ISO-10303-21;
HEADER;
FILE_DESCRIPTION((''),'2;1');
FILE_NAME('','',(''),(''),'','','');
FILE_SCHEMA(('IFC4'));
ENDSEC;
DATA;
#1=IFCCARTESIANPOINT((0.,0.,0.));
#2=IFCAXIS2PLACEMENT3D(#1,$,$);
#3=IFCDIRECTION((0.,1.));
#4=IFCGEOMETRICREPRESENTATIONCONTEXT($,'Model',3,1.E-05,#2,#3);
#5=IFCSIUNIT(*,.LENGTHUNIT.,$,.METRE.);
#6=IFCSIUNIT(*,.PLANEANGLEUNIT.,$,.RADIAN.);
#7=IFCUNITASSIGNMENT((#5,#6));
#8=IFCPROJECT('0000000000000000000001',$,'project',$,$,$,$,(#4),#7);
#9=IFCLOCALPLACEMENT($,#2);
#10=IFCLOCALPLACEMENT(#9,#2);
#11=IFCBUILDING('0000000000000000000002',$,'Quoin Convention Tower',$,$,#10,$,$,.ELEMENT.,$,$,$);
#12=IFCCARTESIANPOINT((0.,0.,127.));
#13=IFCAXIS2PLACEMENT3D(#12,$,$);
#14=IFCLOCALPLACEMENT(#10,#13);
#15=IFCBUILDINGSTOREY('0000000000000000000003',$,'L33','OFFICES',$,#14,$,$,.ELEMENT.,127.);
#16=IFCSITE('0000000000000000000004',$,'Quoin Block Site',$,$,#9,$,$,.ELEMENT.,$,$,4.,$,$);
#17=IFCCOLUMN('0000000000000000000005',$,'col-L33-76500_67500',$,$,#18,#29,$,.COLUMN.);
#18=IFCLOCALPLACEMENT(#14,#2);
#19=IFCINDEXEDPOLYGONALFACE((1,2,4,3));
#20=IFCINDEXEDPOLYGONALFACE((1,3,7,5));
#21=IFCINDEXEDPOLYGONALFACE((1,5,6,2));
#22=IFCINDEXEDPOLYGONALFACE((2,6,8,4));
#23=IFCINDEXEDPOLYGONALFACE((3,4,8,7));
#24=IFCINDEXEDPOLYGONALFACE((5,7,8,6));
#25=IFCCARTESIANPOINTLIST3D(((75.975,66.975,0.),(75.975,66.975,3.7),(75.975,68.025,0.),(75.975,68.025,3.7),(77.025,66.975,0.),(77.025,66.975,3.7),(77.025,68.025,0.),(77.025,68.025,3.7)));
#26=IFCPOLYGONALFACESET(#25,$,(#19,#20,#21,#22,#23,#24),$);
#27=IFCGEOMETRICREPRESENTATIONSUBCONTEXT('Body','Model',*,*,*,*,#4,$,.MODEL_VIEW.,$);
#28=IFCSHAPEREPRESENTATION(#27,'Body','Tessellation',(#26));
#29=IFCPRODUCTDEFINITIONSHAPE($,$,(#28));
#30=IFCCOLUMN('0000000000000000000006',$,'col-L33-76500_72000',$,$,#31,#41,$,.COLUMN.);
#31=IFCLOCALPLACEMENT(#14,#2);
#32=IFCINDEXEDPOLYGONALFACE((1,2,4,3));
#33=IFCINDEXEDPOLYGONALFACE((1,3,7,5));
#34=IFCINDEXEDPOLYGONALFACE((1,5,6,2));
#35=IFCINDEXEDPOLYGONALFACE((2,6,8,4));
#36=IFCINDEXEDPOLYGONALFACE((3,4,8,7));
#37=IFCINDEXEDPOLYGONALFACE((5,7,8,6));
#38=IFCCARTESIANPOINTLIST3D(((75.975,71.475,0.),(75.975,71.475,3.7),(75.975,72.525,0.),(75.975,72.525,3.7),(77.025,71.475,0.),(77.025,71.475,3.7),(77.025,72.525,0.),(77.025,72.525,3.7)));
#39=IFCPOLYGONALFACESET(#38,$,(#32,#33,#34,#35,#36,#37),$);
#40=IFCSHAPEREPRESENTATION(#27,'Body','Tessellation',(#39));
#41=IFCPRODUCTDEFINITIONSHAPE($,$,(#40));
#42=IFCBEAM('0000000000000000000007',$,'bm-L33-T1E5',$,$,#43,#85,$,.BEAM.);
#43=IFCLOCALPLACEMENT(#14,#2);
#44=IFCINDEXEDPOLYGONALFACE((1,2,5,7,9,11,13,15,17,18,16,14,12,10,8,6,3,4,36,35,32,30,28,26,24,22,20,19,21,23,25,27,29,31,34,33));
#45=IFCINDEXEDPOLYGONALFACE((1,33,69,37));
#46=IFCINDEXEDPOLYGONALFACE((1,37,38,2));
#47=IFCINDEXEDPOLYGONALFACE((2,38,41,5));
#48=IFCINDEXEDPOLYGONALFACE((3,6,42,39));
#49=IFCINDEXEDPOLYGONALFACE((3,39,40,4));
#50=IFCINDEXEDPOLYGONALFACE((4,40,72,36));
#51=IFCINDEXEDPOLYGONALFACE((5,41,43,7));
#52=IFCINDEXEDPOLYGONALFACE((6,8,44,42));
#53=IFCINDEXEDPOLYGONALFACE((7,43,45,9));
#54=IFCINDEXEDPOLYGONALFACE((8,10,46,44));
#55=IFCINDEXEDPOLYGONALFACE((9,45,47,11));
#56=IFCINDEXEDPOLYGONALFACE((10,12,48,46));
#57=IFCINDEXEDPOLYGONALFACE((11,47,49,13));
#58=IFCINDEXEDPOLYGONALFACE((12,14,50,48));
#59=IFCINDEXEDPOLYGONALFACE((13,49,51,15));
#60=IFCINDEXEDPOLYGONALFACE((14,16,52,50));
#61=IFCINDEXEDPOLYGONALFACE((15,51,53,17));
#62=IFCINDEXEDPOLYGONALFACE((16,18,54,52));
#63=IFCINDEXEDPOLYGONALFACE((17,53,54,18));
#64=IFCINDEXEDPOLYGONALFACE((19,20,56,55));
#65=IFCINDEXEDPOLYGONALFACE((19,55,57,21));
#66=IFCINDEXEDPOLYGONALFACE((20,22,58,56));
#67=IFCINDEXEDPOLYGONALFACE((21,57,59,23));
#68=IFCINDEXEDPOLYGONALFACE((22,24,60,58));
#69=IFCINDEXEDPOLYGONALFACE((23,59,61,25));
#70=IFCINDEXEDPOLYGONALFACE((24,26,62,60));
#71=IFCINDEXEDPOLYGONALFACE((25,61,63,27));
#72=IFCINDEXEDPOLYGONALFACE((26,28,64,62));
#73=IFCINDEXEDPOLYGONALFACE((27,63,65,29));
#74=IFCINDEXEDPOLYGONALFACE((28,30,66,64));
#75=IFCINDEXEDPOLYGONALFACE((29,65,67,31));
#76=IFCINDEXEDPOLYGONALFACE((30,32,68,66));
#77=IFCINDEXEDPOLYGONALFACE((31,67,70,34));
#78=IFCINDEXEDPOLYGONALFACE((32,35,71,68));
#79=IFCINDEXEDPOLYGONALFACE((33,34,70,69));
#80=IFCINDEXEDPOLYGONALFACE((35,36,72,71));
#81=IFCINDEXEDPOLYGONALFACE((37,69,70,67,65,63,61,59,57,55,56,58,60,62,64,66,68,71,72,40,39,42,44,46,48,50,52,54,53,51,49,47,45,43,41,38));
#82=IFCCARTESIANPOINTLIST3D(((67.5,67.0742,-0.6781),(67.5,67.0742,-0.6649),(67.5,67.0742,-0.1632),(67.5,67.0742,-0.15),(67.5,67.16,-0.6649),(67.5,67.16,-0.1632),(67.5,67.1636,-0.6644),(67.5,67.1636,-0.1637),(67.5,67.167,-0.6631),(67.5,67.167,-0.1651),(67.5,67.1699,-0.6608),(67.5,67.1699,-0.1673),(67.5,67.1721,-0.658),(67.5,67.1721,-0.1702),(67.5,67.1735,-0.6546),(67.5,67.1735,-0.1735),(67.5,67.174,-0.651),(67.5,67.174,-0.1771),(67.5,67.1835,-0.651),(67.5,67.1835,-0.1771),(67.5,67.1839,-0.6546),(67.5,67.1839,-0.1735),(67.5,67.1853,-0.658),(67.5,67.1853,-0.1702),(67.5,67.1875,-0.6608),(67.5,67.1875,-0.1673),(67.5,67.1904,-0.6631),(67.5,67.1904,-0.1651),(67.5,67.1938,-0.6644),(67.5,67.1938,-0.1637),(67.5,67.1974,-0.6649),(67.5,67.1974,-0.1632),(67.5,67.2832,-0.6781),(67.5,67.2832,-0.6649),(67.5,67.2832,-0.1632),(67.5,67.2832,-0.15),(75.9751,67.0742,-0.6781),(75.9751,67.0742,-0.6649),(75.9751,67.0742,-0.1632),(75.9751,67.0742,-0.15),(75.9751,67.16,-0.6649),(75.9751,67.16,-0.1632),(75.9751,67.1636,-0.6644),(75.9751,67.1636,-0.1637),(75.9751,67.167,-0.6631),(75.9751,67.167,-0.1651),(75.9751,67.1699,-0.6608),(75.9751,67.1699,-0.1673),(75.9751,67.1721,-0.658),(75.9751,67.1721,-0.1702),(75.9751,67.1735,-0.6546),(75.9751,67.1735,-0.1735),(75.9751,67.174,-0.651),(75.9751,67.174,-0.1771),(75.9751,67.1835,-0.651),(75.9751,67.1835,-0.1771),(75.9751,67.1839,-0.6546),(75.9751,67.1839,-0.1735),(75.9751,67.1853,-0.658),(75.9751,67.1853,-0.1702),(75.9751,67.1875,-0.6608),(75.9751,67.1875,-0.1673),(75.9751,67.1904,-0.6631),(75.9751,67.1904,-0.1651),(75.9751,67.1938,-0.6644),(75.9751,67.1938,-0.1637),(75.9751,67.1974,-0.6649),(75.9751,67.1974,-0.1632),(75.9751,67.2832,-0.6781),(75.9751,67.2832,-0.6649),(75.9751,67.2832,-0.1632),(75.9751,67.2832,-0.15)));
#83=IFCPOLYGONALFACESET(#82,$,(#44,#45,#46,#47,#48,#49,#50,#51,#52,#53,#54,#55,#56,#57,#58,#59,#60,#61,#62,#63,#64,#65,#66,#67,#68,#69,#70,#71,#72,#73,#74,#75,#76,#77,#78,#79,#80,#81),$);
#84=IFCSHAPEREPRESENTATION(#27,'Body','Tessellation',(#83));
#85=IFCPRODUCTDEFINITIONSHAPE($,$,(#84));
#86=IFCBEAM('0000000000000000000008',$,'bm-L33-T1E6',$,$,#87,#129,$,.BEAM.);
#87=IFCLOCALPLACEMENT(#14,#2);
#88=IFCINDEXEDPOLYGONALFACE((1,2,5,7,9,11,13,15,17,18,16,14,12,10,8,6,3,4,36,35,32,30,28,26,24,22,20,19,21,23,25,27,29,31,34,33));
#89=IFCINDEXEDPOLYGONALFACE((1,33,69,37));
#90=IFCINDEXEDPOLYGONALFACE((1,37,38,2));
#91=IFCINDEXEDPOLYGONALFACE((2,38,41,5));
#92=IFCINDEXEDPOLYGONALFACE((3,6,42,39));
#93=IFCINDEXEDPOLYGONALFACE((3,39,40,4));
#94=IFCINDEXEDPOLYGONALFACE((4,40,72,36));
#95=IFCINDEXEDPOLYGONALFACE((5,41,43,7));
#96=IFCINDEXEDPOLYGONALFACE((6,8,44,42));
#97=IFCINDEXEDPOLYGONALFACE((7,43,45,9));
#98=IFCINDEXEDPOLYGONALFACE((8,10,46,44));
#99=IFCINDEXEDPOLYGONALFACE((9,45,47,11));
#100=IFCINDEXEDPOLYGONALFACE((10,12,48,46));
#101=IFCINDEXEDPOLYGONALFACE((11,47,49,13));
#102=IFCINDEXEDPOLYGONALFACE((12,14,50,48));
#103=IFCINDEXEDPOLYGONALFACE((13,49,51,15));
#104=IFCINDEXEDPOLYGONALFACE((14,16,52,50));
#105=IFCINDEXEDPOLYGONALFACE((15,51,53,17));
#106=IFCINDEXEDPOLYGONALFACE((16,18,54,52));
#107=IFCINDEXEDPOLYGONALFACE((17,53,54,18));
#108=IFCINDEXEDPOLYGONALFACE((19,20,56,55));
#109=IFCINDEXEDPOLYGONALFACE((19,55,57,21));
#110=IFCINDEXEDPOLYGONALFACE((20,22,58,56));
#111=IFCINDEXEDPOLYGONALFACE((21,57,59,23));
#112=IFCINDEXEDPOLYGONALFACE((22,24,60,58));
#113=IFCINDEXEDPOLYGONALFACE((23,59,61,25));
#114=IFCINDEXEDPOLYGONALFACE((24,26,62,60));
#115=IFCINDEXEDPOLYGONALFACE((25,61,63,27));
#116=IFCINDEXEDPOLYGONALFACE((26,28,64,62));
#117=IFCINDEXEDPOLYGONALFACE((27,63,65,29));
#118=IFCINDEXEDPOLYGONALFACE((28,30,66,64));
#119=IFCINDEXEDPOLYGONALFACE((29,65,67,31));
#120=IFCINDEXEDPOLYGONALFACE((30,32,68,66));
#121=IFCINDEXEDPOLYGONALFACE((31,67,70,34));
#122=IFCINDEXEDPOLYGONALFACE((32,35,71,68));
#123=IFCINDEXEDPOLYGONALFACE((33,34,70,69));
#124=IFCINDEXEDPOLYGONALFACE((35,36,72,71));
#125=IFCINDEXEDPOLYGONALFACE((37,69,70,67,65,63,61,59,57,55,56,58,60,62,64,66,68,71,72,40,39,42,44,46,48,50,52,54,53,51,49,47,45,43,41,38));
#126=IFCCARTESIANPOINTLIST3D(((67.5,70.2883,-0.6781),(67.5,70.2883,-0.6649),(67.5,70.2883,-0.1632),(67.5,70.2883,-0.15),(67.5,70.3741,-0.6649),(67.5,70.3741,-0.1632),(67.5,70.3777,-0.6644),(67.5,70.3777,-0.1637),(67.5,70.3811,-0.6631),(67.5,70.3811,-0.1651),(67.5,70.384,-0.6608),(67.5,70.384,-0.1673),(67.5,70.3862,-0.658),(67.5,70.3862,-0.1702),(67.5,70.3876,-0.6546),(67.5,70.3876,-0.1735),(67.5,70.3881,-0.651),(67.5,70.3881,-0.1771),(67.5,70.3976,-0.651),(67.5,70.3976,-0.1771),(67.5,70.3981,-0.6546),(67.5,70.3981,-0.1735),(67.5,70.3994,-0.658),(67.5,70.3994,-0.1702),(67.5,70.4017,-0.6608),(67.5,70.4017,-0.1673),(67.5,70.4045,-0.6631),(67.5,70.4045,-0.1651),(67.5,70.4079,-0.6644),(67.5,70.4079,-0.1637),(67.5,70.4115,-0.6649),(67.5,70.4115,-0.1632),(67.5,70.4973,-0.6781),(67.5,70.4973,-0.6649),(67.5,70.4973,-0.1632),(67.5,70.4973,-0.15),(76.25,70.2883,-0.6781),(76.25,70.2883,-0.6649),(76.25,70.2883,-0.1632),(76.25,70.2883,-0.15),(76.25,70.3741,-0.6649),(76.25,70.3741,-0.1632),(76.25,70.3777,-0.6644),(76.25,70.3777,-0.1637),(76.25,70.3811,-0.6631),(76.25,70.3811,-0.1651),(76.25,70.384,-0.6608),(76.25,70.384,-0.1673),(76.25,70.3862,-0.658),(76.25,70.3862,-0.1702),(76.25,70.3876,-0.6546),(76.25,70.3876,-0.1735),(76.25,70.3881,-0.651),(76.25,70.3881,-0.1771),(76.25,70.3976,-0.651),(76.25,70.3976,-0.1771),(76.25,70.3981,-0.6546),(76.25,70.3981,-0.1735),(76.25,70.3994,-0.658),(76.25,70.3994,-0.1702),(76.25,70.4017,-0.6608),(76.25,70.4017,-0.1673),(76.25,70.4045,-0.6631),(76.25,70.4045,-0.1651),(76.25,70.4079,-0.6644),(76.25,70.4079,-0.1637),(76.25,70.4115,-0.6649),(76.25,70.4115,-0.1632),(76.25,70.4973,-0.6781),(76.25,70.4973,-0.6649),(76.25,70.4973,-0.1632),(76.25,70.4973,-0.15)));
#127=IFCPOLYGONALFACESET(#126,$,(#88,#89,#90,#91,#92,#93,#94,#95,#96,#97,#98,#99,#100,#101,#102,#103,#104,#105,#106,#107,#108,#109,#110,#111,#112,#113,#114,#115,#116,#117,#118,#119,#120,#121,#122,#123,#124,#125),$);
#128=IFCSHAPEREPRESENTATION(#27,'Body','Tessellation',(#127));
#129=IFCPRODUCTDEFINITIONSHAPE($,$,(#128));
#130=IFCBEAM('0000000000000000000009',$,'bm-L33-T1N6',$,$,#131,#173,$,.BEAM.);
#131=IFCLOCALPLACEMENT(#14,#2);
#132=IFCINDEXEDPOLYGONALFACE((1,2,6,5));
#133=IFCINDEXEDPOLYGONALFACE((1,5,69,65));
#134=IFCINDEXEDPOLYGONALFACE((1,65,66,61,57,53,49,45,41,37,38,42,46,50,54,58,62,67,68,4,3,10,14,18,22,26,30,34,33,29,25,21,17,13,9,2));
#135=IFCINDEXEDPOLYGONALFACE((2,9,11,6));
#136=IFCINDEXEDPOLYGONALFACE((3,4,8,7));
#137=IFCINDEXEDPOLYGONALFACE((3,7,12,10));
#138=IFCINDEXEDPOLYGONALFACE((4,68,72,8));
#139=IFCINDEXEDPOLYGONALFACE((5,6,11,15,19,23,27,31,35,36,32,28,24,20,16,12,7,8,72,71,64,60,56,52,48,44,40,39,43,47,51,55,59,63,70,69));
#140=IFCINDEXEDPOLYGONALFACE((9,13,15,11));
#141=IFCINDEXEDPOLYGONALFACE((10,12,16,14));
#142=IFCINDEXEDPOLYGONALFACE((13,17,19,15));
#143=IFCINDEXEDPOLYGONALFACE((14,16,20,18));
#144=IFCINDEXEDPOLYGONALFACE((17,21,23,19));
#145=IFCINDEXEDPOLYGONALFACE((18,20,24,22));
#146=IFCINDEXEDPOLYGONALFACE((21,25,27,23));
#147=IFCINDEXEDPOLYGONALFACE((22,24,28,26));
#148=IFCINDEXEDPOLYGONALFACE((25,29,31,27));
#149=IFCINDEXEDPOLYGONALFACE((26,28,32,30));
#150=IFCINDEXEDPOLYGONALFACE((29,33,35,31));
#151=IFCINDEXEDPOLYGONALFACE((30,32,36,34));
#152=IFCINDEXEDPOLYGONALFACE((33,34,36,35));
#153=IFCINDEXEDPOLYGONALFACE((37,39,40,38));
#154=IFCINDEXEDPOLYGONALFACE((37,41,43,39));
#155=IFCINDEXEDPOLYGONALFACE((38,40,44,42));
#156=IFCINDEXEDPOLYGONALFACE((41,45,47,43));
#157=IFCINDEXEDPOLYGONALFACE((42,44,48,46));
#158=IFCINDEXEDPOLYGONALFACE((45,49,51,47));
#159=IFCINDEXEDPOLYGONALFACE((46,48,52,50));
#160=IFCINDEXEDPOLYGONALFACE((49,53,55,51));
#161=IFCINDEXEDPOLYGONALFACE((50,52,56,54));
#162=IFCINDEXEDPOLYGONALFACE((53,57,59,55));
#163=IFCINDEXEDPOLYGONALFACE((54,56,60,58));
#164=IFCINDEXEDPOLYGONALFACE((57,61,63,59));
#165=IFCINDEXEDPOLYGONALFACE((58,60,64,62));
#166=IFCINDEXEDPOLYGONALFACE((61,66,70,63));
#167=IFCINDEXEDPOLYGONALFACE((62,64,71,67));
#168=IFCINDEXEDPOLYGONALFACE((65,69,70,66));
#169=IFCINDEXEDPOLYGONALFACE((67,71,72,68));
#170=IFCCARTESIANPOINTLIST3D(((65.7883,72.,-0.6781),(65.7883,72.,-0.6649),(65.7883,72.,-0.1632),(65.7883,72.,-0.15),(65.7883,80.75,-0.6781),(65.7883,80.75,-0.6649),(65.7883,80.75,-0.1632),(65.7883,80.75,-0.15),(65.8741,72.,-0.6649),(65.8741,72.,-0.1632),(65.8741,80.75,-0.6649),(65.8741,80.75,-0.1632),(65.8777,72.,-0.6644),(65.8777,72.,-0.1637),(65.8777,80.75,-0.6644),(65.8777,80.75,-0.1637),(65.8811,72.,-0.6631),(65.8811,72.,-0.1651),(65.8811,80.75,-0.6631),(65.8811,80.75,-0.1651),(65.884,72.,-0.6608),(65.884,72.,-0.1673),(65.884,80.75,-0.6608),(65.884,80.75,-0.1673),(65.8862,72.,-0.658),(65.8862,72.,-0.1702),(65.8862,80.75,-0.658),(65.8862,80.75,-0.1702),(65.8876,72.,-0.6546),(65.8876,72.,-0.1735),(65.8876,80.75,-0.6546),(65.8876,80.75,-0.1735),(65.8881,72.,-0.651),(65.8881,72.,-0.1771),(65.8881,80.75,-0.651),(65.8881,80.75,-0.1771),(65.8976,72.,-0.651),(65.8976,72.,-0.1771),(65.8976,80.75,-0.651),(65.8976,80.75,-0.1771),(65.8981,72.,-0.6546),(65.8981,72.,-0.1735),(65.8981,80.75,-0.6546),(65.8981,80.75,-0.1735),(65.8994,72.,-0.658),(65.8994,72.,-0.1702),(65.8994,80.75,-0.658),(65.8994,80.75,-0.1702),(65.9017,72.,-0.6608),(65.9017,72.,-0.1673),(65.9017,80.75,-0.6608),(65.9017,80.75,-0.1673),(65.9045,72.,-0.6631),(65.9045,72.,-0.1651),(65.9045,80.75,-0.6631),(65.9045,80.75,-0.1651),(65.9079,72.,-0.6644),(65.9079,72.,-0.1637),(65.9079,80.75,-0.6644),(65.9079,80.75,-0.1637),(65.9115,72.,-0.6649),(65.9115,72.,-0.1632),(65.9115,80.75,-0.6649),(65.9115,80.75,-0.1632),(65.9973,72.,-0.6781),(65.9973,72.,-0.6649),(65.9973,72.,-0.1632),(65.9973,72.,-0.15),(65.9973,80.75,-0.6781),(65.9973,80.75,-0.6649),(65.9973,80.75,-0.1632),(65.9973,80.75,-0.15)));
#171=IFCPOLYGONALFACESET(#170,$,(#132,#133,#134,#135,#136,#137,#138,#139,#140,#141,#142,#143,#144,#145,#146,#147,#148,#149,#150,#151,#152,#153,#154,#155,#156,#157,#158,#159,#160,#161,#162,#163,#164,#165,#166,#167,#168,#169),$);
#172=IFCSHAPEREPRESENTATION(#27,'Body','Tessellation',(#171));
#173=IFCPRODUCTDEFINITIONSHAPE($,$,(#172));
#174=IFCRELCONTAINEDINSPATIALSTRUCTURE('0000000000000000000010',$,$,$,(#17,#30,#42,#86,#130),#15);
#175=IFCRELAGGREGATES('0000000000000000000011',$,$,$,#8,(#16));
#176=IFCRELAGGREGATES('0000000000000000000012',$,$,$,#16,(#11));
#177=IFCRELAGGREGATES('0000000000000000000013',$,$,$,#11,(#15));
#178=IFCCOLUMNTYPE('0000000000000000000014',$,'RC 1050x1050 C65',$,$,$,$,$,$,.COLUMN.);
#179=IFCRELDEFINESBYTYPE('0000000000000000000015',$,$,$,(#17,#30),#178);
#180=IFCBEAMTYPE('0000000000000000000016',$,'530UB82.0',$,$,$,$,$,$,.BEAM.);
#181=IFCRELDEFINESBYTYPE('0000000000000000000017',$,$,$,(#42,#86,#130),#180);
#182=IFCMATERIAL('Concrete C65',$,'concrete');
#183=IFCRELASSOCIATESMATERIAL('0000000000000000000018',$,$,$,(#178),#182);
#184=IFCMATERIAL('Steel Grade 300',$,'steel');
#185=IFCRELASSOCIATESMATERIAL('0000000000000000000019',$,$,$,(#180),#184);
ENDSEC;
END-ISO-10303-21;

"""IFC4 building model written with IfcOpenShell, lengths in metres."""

from ifc_helpers import new_model, si_unit, direction, frame, origin, origin_2d, place, context, subcontext, project, spatial, rectangle, i_section, extrude, material, material_profile, profile_set, type_object, element, save


model = new_model("IFC4")

# Units and contexts
model_context = context("Model", 3, precision=1e-05, world=origin(), true_north=direction((0.0, 1.0)))
body_context = subcontext(model_context, "Body", "Model", "MODEL_VIEW")
ifc_project = project(units=[si_unit("LENGTHUNIT", "METRE"), si_unit("PLANEANGLEUNIT", "RADIAN")], contexts=[model_context])

# Site, building, storey
site_placement = place(None, origin())
site = spatial("IfcSite", under=ifc_project, at=site_placement, Name="Quoin Block Site", CompositionType="ELEMENT", RefElevation=4.0)
building_placement = place(site_placement, origin())
building = spatial("IfcBuilding", under=site, at=building_placement, Name="Quoin Convention Tower", CompositionType="ELEMENT")
storey_placement = place(building_placement, frame((0.0, 0.0, 127.0)))
storey = spatial("IfcBuildingStorey", under=building, at=storey_placement, Name="L33", Description="OFFICES", CompositionType="ELEMENT", Elevation=127.0)

# Columns
ifc_material_1 = material(Name="Concrete C65", Category="concrete")
ifc_material_profile_1 = material_profile(ifc_material_1, rectangle(XDim=1.05, YDim=1.05, at=origin_2d()), Name="RC 1050x1050")
ifc_profile_set_1 = profile_set([ifc_material_profile_1], Name="Concrete C65")
column_type = type_object("IfcColumnType", Name="RC 1050x1050 C65", PredefinedType="COLUMN", material=ifc_profile_set_1)
for number, where, z_axis, x_axis, name in (
    (1, (76.5, 67.5, 0.0), (0.0, 0.0, 1.0), (1.0, 0.0, 0.0), "col-L33-76500_67500"),
    (2, (76.5, 72.0, 0.0), (0.0, 0.0, 1.0), (1.0, 0.0, 0.0), "col-L33-76500_72000"),
):
    element("IfcColumn", number, at=place(storey_placement, frame(where, z_axis=z_axis, x_axis=x_axis)), inside=storey, type_object=column_type, Name=name, PredefinedType="COLUMN", context=body_context, shape_type="SweptSolid", body=[
        extrude(rectangle(XDim=1.05, YDim=1.05, at=origin_2d()), origin(), (0.0, 0.0, 1.0), 3.7),
    ])

# Beams
ifc_material_2 = material(Name="Steel Grade 300", Category="steel")
ifc_material_profile_2 = material_profile(ifc_material_2, i_section(OverallWidth=0.209, OverallDepth=0.5281, WebThickness=0.0095, FlangeThickness=0.0132, FilletRadius=0.0139, at=origin_2d()), Name="530UB82.0")
ifc_profile_set_2 = profile_set([ifc_material_profile_2], Name="Steel Grade 300")
beam_type_1 = type_object("IfcBeamType", Name="530UB82.0", PredefinedType="BEAM", material=ifc_profile_set_2)
beam_1_placement = place(storey_placement, frame((67.5, 67.1787, -0.4141), z_axis=(1.0, 0.0, 0.0), x_axis=(0.0, 1.0, 0.0)))
element("IfcBeam", 3, at=beam_1_placement, inside=storey, type_object=beam_type_1, Name="bm-L33-T1E5", PredefinedType="BEAM", context=body_context, shape_type="SweptSolid", body=[
    extrude(i_section(OverallWidth=0.209, OverallDepth=0.5281, WebThickness=0.0095, FlangeThickness=0.0132, FilletRadius=0.0139, at=origin_2d()), origin(), (0.0, 0.0, 1.0), 8.4751),
])
for number, where, z_axis, x_axis, name in (
    (4, (67.5, 70.3928, -0.4141), (1.0, 0.0, 0.0), (0.0, 1.0, 0.0), "bm-L33-T1E6"),
    (5, (65.8928, 72.0, -0.4141), (0.0, 1.0, 0.0), (-1.0, 0.0, 0.0), "bm-L33-T1N6"),
):
    element("IfcBeam", number, at=place(storey_placement, frame(where, z_axis=z_axis, x_axis=x_axis)), inside=storey, type_object=beam_type_1, Name=name, PredefinedType="BEAM", context=body_context, shape_type="SweptSolid", body=[
        extrude(i_section(OverallWidth=0.209, OverallDepth=0.5281, WebThickness=0.0095, FlangeThickness=0.0132, FilletRadius=0.0139, at=origin_2d()), origin(), (0.0, 0.0, 1.0), 8.75),
    ])

save(model, "model.ifc")
